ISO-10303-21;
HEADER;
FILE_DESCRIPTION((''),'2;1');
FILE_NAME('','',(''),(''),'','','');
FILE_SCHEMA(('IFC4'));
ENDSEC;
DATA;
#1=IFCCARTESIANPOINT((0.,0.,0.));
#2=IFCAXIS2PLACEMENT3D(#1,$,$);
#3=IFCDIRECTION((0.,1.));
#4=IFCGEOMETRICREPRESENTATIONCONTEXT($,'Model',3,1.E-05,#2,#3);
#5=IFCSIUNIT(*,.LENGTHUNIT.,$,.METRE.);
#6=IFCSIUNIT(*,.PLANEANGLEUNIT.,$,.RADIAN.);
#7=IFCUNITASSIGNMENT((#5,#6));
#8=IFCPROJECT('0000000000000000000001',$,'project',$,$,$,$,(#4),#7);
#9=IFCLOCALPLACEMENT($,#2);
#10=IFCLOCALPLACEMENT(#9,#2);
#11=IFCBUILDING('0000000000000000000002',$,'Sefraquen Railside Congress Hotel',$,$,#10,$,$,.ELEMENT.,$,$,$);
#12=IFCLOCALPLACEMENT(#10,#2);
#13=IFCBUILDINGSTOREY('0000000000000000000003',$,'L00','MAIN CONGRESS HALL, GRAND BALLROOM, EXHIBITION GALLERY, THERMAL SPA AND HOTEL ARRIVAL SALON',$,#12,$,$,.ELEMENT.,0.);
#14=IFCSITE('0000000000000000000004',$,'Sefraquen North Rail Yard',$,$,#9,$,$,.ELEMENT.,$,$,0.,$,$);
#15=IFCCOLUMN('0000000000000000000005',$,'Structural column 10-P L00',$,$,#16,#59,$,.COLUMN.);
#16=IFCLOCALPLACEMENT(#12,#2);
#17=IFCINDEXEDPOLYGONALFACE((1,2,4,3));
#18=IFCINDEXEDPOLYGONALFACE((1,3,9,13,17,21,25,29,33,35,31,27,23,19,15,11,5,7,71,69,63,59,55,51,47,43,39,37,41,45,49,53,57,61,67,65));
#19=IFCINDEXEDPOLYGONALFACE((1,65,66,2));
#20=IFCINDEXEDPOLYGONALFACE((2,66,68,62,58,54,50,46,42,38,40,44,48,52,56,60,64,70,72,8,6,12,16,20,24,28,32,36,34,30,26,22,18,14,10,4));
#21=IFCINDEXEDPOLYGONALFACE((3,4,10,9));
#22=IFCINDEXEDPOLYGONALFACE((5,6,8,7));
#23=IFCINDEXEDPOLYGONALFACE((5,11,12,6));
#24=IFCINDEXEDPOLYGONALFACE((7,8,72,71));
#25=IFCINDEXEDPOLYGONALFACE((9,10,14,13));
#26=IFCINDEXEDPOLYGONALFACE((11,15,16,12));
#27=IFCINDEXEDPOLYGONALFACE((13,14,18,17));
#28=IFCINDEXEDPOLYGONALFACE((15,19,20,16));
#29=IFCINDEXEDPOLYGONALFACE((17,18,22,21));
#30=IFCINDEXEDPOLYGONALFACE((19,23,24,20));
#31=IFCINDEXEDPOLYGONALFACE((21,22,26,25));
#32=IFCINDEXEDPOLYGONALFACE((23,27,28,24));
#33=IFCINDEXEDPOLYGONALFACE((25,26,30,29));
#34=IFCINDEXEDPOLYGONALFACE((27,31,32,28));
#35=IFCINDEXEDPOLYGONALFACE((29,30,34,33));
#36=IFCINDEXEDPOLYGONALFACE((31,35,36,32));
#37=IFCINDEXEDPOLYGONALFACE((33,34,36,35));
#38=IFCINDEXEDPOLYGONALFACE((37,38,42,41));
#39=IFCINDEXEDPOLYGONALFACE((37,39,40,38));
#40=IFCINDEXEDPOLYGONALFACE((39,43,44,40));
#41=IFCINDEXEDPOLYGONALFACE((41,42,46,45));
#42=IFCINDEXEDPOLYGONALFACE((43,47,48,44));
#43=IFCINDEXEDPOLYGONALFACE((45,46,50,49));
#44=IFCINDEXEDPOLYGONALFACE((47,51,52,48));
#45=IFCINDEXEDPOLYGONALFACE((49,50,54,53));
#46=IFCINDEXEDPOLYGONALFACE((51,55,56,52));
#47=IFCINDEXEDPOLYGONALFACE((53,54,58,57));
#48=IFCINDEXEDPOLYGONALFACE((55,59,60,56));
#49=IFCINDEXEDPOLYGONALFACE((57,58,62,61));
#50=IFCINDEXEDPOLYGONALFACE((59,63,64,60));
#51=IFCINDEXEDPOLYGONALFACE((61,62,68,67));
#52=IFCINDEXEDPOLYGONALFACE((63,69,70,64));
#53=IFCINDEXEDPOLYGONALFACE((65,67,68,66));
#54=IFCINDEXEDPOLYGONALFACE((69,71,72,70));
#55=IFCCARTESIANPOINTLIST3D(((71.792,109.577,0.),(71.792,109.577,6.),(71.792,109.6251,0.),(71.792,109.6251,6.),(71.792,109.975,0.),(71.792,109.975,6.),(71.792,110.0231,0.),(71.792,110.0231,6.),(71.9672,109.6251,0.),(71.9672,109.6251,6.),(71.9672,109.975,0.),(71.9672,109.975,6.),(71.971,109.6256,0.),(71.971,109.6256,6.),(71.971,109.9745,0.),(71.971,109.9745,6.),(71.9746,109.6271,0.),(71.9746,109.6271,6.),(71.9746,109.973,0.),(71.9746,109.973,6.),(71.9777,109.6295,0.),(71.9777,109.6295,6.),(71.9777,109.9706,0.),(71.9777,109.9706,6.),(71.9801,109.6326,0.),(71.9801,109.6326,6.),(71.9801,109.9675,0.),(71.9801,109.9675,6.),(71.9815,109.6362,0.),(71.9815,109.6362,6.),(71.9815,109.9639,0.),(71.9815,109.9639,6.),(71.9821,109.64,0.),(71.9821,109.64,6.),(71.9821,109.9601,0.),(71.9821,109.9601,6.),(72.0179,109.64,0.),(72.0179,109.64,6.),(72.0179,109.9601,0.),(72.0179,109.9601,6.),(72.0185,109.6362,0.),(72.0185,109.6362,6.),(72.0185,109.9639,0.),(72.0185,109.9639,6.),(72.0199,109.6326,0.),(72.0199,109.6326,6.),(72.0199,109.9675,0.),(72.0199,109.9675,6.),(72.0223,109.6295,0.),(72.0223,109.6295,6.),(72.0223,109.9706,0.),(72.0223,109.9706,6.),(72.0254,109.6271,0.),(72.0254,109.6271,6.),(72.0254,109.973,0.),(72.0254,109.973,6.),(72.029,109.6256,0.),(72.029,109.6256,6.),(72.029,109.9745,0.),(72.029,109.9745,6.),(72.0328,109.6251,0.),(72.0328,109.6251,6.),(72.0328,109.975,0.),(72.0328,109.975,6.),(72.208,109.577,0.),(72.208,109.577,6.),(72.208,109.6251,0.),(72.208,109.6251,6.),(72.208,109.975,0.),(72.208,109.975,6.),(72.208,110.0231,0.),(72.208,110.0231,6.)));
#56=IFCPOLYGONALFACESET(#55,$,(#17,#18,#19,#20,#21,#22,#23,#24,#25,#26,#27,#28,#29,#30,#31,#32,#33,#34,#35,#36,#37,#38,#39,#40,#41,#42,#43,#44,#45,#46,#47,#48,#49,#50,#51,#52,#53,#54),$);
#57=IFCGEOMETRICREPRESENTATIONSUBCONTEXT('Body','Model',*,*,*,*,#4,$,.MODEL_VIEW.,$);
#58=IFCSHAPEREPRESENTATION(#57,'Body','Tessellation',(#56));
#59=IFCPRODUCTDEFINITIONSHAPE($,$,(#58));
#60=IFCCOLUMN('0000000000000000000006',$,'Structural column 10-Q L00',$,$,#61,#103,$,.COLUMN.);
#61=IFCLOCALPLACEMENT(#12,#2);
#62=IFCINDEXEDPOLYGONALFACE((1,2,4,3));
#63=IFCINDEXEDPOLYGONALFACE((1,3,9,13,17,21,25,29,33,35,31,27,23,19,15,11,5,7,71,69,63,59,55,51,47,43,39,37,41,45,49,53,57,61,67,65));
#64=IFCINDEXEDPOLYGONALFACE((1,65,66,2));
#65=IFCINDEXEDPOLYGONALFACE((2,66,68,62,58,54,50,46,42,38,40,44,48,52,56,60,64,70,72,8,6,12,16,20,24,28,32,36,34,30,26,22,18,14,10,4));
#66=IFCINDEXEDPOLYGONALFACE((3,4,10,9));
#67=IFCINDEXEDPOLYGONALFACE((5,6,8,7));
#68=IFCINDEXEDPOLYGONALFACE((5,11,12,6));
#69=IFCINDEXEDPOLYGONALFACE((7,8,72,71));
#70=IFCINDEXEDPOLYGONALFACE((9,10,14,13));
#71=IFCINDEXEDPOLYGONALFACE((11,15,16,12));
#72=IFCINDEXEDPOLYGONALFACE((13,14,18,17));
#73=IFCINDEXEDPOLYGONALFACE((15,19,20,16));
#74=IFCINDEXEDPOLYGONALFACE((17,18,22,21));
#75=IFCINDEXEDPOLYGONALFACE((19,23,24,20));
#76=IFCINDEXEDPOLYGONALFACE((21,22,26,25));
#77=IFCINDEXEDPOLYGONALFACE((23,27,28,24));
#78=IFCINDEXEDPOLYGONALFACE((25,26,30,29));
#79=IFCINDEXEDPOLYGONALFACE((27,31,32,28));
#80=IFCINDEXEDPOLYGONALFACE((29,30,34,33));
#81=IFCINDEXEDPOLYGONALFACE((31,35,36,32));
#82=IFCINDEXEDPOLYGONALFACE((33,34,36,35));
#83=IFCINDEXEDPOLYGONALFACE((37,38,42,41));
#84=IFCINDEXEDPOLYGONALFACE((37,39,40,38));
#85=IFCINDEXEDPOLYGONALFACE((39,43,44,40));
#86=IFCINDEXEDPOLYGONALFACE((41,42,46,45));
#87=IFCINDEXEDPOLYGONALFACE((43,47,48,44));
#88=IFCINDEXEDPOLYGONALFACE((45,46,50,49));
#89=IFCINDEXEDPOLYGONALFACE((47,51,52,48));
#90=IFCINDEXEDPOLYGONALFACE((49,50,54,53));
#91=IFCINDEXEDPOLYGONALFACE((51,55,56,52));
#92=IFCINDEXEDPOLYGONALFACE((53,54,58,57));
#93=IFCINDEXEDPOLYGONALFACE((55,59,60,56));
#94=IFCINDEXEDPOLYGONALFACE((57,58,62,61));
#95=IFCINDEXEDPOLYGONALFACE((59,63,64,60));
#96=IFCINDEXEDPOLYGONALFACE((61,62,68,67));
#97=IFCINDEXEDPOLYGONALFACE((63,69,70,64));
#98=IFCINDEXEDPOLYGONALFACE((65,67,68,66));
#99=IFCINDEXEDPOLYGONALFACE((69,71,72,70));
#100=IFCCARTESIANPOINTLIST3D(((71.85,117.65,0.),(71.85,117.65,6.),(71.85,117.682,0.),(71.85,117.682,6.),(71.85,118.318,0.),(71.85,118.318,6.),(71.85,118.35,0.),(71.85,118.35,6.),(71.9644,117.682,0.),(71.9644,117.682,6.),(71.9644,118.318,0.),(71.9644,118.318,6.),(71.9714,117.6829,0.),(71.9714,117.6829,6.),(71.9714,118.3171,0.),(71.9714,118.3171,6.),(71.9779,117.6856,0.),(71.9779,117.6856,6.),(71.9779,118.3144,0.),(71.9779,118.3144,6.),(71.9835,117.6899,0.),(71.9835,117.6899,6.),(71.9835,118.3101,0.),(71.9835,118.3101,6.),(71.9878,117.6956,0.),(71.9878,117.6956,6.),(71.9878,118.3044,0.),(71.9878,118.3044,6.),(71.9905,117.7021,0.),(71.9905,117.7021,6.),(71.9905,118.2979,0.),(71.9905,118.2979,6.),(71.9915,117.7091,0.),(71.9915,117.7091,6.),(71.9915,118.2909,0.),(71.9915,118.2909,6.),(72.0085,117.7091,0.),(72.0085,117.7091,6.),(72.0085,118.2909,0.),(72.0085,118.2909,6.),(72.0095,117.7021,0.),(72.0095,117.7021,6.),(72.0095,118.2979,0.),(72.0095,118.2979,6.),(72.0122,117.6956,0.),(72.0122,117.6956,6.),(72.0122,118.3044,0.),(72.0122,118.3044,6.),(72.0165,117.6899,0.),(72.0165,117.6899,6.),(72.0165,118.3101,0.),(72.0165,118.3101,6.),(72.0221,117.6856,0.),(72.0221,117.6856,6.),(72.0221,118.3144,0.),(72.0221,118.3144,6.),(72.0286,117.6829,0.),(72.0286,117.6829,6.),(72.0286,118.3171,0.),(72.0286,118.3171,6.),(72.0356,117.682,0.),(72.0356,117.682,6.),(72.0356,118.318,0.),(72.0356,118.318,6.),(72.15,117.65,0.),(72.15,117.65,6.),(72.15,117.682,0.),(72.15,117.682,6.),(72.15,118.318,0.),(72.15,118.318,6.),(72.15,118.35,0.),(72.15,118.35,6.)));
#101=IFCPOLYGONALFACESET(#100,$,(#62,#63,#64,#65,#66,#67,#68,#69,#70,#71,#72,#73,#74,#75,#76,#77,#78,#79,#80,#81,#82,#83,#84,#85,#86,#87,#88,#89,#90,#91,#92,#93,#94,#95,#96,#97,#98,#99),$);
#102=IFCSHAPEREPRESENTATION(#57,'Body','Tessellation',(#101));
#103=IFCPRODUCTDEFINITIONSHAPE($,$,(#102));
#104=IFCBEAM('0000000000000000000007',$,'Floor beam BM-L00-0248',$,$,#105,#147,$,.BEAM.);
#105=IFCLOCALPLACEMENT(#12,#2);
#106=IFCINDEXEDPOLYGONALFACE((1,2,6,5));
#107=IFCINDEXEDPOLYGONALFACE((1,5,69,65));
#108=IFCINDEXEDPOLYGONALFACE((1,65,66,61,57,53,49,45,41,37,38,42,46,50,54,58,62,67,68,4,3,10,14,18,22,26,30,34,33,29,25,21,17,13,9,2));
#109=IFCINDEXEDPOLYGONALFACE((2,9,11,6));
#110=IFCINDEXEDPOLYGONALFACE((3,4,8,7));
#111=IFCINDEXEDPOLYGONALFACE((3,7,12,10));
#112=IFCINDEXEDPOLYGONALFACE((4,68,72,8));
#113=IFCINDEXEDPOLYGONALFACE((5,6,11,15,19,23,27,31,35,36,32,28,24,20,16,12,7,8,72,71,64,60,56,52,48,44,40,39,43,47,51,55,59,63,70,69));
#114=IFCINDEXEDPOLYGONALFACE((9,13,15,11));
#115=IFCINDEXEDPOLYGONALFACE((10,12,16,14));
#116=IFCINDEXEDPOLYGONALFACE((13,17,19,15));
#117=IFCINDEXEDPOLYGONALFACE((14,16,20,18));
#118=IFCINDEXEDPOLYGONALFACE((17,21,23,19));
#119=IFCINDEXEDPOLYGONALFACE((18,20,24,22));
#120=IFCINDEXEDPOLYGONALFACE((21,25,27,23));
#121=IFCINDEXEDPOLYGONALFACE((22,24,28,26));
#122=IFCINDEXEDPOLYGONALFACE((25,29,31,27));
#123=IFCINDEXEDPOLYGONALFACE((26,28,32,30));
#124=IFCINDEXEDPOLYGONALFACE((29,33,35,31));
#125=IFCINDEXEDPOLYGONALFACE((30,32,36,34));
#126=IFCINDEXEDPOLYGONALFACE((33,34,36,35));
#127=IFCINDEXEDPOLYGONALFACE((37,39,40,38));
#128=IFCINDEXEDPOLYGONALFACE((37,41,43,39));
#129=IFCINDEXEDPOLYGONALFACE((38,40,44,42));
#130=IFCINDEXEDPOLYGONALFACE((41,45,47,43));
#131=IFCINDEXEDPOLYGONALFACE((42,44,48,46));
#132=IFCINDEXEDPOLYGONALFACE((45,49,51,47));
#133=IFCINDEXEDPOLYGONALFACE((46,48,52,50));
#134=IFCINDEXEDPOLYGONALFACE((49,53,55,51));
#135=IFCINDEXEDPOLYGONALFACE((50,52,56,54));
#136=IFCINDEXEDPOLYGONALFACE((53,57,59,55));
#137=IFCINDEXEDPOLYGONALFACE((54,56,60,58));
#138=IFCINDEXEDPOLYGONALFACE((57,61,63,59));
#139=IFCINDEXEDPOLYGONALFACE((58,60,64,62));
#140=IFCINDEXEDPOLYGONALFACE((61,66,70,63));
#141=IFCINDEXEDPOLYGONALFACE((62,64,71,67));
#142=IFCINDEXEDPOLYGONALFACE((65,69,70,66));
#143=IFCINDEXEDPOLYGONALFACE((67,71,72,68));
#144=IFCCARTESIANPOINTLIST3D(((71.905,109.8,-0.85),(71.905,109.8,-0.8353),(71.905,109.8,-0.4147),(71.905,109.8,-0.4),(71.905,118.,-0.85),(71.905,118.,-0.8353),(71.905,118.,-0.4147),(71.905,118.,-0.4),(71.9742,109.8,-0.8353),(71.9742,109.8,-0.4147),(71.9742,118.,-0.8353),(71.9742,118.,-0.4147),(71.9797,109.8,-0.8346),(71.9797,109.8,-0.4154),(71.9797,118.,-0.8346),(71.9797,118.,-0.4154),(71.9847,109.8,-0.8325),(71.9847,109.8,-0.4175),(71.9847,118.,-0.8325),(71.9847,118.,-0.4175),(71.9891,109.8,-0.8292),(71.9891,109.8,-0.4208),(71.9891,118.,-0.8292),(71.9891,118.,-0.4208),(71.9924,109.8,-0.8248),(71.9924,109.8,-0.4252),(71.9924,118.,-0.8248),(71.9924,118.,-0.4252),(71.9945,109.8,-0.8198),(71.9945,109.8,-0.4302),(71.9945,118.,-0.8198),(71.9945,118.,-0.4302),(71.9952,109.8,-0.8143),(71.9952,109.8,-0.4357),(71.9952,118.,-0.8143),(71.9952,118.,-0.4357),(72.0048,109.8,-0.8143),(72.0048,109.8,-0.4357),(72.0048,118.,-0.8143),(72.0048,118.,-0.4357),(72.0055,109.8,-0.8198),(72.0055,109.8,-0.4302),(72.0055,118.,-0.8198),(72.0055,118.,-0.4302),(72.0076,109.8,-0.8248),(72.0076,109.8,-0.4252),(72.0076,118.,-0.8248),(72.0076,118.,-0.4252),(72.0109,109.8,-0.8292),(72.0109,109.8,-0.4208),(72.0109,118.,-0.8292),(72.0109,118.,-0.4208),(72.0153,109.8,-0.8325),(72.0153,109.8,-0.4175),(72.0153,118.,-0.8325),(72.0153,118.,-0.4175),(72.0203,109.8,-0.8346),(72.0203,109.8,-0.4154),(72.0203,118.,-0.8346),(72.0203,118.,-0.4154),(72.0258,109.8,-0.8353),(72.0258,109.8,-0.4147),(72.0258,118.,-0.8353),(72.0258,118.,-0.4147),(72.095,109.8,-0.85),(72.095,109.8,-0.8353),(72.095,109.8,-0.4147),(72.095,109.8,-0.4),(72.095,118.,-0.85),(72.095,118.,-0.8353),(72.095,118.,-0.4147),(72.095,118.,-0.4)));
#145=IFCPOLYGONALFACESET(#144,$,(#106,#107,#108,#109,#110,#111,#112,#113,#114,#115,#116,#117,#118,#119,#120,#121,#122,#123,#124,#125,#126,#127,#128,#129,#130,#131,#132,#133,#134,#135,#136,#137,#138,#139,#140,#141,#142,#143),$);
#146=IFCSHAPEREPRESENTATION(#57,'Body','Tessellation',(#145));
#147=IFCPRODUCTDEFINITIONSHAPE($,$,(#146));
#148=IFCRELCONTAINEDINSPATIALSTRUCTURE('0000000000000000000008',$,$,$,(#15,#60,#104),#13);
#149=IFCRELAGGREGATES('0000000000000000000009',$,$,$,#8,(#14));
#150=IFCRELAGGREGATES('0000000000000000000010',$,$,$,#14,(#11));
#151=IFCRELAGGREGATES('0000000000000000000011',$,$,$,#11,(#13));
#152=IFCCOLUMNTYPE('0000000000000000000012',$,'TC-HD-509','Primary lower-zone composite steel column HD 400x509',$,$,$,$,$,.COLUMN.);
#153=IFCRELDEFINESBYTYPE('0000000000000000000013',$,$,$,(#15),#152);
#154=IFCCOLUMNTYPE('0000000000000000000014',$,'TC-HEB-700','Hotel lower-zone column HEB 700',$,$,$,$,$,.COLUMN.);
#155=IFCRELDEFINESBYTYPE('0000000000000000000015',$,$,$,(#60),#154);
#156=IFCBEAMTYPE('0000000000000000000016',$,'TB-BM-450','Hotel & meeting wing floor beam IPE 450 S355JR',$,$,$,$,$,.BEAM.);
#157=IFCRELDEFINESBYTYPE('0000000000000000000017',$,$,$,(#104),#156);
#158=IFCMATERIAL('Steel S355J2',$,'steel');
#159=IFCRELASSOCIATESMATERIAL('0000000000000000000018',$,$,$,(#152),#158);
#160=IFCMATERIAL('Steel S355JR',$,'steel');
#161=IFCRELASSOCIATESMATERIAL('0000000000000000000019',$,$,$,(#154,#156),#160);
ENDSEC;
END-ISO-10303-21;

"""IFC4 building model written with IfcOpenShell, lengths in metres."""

from ifc_helpers import new_model, si_unit, direction, frame, origin, origin_2d, place, context, subcontext, project, spatial, i_section, extrude, material, material_profile, profile_set, type_object, element, save


model = new_model("IFC4")

# Units and contexts
model_context = context("Model", 3, precision=1e-05, world=origin(), true_north=direction((0.0, 1.0)))
body_context = subcontext(model_context, "Body", "Model", "MODEL_VIEW")
ifc_project = project(units=[si_unit("LENGTHUNIT", "METRE"), si_unit("PLANEANGLEUNIT", "RADIAN")], contexts=[model_context])

# Site, building, storey
site_placement = place(None, origin())
site = spatial("IfcSite", under=ifc_project, at=site_placement, Name="Sefraquen North Rail Yard", CompositionType="ELEMENT", RefElevation=0.0)
building_placement = place(site_placement, origin())
building = spatial("IfcBuilding", under=site, at=building_placement, Name="Sefraquen Railside Congress Hotel", CompositionType="ELEMENT")
storey_placement = place(building_placement, origin())
storey = spatial("IfcBuildingStorey", under=building, at=storey_placement, Name="L00", Description="MAIN CONGRESS HALL, GRAND BALLROOM, EXHIBITION GALLERY, THERMAL SPA AND HOTEL ARRIVAL SALON", CompositionType="ELEMENT", Elevation=0.0)

# Columns
ifc_material_1 = material(Name="Steel S355J2", Category="steel")
ifc_material_profile_1 = material_profile(ifc_material_1, i_section(OverallWidth=0.416, OverallDepth=0.446, WebThickness=0.0359, FlangeThickness=0.0481, FilletRadius=0.0149, at=origin_2d()), Name="HD 400x509")
ifc_profile_set_1 = profile_set([ifc_material_profile_1], Name="Steel S355J2")
column_type_1 = type_object("IfcColumnType", Name="TC-HD-509", Description="Primary lower-zone composite steel column HD 400x509", PredefinedType="COLUMN", material=ifc_profile_set_1)
column_1_placement = place(storey_placement, frame((72.0, 109.8, 0.0), z_axis=(0.0, 0.0, 1.0), x_axis=(1.0, 0.0, 0.0)))
element("IfcColumn", 1, at=column_1_placement, inside=storey, type_object=column_type_1, Name="Structural column 10-P L00", PredefinedType="COLUMN", context=body_context, shape_type="SweptSolid", body=[
    extrude(i_section(OverallWidth=0.416, OverallDepth=0.446, WebThickness=0.0359, FlangeThickness=0.0481, FilletRadius=0.0149, at=origin_2d()), origin(), (0.0, 0.0, 1.0), 6.0),
])
ifc_material_2 = material(Name="Steel S355JR", Category="steel")
ifc_material_profile_2 = material_profile(ifc_material_2, i_section(OverallWidth=0.3, OverallDepth=0.7, WebThickness=0.0171, FlangeThickness=0.032, FilletRadius=0.0271, at=origin_2d()), Name="HEB 700")
ifc_profile_set_2 = profile_set([ifc_material_profile_2], Name="Steel S355JR")
column_type_2 = type_object("IfcColumnType", Name="TC-HEB-700", Description="Hotel lower-zone column HEB 700", PredefinedType="COLUMN", material=ifc_profile_set_2)
column_2_placement = place(storey_placement, frame((72.0, 118.0, 0.0), z_axis=(0.0, 0.0, 1.0), x_axis=(1.0, 0.0, 0.0)))
element("IfcColumn", 2, at=column_2_placement, inside=storey, type_object=column_type_2, Name="Structural column 10-Q L00", PredefinedType="COLUMN", context=body_context, shape_type="SweptSolid", body=[
    extrude(i_section(OverallWidth=0.3, OverallDepth=0.7, WebThickness=0.0171, FlangeThickness=0.032, FilletRadius=0.0271, at=origin_2d()), origin(), (0.0, 0.0, 1.0), 6.0),
])

# Beam
ifc_material_profile_3 = material_profile(ifc_material_2, i_section(OverallWidth=0.1899, OverallDepth=0.45, WebThickness=0.0095, FlangeThickness=0.0146, FilletRadius=0.021, at=origin_2d()), Name="IPE 450")
ifc_profile_set_3 = profile_set([ifc_material_profile_3], Name="Steel S355JR")
beam_type_1 = type_object("IfcBeamType", Name="TB-BM-450", Description="Hotel & meeting wing floor beam IPE 450 S355JR", PredefinedType="BEAM", material=ifc_profile_set_3)
beam_1_placement = place(storey_placement, frame((72.0, 109.8, -0.625), z_axis=(0.0, 1.0, 0.0), x_axis=(-1.0, 0.0, 0.0)))
element("IfcBeam", 3, at=beam_1_placement, inside=storey, type_object=beam_type_1, Name="Floor beam BM-L00-0248", PredefinedType="BEAM", context=body_context, shape_type="SweptSolid", body=[
    extrude(i_section(OverallWidth=0.1899, OverallDepth=0.45, WebThickness=0.0095, FlangeThickness=0.0146, FilletRadius=0.021, at=origin_2d()), origin(), (0.0, 0.0, 1.0), 8.2),
])

save(model, "model.ifc")
